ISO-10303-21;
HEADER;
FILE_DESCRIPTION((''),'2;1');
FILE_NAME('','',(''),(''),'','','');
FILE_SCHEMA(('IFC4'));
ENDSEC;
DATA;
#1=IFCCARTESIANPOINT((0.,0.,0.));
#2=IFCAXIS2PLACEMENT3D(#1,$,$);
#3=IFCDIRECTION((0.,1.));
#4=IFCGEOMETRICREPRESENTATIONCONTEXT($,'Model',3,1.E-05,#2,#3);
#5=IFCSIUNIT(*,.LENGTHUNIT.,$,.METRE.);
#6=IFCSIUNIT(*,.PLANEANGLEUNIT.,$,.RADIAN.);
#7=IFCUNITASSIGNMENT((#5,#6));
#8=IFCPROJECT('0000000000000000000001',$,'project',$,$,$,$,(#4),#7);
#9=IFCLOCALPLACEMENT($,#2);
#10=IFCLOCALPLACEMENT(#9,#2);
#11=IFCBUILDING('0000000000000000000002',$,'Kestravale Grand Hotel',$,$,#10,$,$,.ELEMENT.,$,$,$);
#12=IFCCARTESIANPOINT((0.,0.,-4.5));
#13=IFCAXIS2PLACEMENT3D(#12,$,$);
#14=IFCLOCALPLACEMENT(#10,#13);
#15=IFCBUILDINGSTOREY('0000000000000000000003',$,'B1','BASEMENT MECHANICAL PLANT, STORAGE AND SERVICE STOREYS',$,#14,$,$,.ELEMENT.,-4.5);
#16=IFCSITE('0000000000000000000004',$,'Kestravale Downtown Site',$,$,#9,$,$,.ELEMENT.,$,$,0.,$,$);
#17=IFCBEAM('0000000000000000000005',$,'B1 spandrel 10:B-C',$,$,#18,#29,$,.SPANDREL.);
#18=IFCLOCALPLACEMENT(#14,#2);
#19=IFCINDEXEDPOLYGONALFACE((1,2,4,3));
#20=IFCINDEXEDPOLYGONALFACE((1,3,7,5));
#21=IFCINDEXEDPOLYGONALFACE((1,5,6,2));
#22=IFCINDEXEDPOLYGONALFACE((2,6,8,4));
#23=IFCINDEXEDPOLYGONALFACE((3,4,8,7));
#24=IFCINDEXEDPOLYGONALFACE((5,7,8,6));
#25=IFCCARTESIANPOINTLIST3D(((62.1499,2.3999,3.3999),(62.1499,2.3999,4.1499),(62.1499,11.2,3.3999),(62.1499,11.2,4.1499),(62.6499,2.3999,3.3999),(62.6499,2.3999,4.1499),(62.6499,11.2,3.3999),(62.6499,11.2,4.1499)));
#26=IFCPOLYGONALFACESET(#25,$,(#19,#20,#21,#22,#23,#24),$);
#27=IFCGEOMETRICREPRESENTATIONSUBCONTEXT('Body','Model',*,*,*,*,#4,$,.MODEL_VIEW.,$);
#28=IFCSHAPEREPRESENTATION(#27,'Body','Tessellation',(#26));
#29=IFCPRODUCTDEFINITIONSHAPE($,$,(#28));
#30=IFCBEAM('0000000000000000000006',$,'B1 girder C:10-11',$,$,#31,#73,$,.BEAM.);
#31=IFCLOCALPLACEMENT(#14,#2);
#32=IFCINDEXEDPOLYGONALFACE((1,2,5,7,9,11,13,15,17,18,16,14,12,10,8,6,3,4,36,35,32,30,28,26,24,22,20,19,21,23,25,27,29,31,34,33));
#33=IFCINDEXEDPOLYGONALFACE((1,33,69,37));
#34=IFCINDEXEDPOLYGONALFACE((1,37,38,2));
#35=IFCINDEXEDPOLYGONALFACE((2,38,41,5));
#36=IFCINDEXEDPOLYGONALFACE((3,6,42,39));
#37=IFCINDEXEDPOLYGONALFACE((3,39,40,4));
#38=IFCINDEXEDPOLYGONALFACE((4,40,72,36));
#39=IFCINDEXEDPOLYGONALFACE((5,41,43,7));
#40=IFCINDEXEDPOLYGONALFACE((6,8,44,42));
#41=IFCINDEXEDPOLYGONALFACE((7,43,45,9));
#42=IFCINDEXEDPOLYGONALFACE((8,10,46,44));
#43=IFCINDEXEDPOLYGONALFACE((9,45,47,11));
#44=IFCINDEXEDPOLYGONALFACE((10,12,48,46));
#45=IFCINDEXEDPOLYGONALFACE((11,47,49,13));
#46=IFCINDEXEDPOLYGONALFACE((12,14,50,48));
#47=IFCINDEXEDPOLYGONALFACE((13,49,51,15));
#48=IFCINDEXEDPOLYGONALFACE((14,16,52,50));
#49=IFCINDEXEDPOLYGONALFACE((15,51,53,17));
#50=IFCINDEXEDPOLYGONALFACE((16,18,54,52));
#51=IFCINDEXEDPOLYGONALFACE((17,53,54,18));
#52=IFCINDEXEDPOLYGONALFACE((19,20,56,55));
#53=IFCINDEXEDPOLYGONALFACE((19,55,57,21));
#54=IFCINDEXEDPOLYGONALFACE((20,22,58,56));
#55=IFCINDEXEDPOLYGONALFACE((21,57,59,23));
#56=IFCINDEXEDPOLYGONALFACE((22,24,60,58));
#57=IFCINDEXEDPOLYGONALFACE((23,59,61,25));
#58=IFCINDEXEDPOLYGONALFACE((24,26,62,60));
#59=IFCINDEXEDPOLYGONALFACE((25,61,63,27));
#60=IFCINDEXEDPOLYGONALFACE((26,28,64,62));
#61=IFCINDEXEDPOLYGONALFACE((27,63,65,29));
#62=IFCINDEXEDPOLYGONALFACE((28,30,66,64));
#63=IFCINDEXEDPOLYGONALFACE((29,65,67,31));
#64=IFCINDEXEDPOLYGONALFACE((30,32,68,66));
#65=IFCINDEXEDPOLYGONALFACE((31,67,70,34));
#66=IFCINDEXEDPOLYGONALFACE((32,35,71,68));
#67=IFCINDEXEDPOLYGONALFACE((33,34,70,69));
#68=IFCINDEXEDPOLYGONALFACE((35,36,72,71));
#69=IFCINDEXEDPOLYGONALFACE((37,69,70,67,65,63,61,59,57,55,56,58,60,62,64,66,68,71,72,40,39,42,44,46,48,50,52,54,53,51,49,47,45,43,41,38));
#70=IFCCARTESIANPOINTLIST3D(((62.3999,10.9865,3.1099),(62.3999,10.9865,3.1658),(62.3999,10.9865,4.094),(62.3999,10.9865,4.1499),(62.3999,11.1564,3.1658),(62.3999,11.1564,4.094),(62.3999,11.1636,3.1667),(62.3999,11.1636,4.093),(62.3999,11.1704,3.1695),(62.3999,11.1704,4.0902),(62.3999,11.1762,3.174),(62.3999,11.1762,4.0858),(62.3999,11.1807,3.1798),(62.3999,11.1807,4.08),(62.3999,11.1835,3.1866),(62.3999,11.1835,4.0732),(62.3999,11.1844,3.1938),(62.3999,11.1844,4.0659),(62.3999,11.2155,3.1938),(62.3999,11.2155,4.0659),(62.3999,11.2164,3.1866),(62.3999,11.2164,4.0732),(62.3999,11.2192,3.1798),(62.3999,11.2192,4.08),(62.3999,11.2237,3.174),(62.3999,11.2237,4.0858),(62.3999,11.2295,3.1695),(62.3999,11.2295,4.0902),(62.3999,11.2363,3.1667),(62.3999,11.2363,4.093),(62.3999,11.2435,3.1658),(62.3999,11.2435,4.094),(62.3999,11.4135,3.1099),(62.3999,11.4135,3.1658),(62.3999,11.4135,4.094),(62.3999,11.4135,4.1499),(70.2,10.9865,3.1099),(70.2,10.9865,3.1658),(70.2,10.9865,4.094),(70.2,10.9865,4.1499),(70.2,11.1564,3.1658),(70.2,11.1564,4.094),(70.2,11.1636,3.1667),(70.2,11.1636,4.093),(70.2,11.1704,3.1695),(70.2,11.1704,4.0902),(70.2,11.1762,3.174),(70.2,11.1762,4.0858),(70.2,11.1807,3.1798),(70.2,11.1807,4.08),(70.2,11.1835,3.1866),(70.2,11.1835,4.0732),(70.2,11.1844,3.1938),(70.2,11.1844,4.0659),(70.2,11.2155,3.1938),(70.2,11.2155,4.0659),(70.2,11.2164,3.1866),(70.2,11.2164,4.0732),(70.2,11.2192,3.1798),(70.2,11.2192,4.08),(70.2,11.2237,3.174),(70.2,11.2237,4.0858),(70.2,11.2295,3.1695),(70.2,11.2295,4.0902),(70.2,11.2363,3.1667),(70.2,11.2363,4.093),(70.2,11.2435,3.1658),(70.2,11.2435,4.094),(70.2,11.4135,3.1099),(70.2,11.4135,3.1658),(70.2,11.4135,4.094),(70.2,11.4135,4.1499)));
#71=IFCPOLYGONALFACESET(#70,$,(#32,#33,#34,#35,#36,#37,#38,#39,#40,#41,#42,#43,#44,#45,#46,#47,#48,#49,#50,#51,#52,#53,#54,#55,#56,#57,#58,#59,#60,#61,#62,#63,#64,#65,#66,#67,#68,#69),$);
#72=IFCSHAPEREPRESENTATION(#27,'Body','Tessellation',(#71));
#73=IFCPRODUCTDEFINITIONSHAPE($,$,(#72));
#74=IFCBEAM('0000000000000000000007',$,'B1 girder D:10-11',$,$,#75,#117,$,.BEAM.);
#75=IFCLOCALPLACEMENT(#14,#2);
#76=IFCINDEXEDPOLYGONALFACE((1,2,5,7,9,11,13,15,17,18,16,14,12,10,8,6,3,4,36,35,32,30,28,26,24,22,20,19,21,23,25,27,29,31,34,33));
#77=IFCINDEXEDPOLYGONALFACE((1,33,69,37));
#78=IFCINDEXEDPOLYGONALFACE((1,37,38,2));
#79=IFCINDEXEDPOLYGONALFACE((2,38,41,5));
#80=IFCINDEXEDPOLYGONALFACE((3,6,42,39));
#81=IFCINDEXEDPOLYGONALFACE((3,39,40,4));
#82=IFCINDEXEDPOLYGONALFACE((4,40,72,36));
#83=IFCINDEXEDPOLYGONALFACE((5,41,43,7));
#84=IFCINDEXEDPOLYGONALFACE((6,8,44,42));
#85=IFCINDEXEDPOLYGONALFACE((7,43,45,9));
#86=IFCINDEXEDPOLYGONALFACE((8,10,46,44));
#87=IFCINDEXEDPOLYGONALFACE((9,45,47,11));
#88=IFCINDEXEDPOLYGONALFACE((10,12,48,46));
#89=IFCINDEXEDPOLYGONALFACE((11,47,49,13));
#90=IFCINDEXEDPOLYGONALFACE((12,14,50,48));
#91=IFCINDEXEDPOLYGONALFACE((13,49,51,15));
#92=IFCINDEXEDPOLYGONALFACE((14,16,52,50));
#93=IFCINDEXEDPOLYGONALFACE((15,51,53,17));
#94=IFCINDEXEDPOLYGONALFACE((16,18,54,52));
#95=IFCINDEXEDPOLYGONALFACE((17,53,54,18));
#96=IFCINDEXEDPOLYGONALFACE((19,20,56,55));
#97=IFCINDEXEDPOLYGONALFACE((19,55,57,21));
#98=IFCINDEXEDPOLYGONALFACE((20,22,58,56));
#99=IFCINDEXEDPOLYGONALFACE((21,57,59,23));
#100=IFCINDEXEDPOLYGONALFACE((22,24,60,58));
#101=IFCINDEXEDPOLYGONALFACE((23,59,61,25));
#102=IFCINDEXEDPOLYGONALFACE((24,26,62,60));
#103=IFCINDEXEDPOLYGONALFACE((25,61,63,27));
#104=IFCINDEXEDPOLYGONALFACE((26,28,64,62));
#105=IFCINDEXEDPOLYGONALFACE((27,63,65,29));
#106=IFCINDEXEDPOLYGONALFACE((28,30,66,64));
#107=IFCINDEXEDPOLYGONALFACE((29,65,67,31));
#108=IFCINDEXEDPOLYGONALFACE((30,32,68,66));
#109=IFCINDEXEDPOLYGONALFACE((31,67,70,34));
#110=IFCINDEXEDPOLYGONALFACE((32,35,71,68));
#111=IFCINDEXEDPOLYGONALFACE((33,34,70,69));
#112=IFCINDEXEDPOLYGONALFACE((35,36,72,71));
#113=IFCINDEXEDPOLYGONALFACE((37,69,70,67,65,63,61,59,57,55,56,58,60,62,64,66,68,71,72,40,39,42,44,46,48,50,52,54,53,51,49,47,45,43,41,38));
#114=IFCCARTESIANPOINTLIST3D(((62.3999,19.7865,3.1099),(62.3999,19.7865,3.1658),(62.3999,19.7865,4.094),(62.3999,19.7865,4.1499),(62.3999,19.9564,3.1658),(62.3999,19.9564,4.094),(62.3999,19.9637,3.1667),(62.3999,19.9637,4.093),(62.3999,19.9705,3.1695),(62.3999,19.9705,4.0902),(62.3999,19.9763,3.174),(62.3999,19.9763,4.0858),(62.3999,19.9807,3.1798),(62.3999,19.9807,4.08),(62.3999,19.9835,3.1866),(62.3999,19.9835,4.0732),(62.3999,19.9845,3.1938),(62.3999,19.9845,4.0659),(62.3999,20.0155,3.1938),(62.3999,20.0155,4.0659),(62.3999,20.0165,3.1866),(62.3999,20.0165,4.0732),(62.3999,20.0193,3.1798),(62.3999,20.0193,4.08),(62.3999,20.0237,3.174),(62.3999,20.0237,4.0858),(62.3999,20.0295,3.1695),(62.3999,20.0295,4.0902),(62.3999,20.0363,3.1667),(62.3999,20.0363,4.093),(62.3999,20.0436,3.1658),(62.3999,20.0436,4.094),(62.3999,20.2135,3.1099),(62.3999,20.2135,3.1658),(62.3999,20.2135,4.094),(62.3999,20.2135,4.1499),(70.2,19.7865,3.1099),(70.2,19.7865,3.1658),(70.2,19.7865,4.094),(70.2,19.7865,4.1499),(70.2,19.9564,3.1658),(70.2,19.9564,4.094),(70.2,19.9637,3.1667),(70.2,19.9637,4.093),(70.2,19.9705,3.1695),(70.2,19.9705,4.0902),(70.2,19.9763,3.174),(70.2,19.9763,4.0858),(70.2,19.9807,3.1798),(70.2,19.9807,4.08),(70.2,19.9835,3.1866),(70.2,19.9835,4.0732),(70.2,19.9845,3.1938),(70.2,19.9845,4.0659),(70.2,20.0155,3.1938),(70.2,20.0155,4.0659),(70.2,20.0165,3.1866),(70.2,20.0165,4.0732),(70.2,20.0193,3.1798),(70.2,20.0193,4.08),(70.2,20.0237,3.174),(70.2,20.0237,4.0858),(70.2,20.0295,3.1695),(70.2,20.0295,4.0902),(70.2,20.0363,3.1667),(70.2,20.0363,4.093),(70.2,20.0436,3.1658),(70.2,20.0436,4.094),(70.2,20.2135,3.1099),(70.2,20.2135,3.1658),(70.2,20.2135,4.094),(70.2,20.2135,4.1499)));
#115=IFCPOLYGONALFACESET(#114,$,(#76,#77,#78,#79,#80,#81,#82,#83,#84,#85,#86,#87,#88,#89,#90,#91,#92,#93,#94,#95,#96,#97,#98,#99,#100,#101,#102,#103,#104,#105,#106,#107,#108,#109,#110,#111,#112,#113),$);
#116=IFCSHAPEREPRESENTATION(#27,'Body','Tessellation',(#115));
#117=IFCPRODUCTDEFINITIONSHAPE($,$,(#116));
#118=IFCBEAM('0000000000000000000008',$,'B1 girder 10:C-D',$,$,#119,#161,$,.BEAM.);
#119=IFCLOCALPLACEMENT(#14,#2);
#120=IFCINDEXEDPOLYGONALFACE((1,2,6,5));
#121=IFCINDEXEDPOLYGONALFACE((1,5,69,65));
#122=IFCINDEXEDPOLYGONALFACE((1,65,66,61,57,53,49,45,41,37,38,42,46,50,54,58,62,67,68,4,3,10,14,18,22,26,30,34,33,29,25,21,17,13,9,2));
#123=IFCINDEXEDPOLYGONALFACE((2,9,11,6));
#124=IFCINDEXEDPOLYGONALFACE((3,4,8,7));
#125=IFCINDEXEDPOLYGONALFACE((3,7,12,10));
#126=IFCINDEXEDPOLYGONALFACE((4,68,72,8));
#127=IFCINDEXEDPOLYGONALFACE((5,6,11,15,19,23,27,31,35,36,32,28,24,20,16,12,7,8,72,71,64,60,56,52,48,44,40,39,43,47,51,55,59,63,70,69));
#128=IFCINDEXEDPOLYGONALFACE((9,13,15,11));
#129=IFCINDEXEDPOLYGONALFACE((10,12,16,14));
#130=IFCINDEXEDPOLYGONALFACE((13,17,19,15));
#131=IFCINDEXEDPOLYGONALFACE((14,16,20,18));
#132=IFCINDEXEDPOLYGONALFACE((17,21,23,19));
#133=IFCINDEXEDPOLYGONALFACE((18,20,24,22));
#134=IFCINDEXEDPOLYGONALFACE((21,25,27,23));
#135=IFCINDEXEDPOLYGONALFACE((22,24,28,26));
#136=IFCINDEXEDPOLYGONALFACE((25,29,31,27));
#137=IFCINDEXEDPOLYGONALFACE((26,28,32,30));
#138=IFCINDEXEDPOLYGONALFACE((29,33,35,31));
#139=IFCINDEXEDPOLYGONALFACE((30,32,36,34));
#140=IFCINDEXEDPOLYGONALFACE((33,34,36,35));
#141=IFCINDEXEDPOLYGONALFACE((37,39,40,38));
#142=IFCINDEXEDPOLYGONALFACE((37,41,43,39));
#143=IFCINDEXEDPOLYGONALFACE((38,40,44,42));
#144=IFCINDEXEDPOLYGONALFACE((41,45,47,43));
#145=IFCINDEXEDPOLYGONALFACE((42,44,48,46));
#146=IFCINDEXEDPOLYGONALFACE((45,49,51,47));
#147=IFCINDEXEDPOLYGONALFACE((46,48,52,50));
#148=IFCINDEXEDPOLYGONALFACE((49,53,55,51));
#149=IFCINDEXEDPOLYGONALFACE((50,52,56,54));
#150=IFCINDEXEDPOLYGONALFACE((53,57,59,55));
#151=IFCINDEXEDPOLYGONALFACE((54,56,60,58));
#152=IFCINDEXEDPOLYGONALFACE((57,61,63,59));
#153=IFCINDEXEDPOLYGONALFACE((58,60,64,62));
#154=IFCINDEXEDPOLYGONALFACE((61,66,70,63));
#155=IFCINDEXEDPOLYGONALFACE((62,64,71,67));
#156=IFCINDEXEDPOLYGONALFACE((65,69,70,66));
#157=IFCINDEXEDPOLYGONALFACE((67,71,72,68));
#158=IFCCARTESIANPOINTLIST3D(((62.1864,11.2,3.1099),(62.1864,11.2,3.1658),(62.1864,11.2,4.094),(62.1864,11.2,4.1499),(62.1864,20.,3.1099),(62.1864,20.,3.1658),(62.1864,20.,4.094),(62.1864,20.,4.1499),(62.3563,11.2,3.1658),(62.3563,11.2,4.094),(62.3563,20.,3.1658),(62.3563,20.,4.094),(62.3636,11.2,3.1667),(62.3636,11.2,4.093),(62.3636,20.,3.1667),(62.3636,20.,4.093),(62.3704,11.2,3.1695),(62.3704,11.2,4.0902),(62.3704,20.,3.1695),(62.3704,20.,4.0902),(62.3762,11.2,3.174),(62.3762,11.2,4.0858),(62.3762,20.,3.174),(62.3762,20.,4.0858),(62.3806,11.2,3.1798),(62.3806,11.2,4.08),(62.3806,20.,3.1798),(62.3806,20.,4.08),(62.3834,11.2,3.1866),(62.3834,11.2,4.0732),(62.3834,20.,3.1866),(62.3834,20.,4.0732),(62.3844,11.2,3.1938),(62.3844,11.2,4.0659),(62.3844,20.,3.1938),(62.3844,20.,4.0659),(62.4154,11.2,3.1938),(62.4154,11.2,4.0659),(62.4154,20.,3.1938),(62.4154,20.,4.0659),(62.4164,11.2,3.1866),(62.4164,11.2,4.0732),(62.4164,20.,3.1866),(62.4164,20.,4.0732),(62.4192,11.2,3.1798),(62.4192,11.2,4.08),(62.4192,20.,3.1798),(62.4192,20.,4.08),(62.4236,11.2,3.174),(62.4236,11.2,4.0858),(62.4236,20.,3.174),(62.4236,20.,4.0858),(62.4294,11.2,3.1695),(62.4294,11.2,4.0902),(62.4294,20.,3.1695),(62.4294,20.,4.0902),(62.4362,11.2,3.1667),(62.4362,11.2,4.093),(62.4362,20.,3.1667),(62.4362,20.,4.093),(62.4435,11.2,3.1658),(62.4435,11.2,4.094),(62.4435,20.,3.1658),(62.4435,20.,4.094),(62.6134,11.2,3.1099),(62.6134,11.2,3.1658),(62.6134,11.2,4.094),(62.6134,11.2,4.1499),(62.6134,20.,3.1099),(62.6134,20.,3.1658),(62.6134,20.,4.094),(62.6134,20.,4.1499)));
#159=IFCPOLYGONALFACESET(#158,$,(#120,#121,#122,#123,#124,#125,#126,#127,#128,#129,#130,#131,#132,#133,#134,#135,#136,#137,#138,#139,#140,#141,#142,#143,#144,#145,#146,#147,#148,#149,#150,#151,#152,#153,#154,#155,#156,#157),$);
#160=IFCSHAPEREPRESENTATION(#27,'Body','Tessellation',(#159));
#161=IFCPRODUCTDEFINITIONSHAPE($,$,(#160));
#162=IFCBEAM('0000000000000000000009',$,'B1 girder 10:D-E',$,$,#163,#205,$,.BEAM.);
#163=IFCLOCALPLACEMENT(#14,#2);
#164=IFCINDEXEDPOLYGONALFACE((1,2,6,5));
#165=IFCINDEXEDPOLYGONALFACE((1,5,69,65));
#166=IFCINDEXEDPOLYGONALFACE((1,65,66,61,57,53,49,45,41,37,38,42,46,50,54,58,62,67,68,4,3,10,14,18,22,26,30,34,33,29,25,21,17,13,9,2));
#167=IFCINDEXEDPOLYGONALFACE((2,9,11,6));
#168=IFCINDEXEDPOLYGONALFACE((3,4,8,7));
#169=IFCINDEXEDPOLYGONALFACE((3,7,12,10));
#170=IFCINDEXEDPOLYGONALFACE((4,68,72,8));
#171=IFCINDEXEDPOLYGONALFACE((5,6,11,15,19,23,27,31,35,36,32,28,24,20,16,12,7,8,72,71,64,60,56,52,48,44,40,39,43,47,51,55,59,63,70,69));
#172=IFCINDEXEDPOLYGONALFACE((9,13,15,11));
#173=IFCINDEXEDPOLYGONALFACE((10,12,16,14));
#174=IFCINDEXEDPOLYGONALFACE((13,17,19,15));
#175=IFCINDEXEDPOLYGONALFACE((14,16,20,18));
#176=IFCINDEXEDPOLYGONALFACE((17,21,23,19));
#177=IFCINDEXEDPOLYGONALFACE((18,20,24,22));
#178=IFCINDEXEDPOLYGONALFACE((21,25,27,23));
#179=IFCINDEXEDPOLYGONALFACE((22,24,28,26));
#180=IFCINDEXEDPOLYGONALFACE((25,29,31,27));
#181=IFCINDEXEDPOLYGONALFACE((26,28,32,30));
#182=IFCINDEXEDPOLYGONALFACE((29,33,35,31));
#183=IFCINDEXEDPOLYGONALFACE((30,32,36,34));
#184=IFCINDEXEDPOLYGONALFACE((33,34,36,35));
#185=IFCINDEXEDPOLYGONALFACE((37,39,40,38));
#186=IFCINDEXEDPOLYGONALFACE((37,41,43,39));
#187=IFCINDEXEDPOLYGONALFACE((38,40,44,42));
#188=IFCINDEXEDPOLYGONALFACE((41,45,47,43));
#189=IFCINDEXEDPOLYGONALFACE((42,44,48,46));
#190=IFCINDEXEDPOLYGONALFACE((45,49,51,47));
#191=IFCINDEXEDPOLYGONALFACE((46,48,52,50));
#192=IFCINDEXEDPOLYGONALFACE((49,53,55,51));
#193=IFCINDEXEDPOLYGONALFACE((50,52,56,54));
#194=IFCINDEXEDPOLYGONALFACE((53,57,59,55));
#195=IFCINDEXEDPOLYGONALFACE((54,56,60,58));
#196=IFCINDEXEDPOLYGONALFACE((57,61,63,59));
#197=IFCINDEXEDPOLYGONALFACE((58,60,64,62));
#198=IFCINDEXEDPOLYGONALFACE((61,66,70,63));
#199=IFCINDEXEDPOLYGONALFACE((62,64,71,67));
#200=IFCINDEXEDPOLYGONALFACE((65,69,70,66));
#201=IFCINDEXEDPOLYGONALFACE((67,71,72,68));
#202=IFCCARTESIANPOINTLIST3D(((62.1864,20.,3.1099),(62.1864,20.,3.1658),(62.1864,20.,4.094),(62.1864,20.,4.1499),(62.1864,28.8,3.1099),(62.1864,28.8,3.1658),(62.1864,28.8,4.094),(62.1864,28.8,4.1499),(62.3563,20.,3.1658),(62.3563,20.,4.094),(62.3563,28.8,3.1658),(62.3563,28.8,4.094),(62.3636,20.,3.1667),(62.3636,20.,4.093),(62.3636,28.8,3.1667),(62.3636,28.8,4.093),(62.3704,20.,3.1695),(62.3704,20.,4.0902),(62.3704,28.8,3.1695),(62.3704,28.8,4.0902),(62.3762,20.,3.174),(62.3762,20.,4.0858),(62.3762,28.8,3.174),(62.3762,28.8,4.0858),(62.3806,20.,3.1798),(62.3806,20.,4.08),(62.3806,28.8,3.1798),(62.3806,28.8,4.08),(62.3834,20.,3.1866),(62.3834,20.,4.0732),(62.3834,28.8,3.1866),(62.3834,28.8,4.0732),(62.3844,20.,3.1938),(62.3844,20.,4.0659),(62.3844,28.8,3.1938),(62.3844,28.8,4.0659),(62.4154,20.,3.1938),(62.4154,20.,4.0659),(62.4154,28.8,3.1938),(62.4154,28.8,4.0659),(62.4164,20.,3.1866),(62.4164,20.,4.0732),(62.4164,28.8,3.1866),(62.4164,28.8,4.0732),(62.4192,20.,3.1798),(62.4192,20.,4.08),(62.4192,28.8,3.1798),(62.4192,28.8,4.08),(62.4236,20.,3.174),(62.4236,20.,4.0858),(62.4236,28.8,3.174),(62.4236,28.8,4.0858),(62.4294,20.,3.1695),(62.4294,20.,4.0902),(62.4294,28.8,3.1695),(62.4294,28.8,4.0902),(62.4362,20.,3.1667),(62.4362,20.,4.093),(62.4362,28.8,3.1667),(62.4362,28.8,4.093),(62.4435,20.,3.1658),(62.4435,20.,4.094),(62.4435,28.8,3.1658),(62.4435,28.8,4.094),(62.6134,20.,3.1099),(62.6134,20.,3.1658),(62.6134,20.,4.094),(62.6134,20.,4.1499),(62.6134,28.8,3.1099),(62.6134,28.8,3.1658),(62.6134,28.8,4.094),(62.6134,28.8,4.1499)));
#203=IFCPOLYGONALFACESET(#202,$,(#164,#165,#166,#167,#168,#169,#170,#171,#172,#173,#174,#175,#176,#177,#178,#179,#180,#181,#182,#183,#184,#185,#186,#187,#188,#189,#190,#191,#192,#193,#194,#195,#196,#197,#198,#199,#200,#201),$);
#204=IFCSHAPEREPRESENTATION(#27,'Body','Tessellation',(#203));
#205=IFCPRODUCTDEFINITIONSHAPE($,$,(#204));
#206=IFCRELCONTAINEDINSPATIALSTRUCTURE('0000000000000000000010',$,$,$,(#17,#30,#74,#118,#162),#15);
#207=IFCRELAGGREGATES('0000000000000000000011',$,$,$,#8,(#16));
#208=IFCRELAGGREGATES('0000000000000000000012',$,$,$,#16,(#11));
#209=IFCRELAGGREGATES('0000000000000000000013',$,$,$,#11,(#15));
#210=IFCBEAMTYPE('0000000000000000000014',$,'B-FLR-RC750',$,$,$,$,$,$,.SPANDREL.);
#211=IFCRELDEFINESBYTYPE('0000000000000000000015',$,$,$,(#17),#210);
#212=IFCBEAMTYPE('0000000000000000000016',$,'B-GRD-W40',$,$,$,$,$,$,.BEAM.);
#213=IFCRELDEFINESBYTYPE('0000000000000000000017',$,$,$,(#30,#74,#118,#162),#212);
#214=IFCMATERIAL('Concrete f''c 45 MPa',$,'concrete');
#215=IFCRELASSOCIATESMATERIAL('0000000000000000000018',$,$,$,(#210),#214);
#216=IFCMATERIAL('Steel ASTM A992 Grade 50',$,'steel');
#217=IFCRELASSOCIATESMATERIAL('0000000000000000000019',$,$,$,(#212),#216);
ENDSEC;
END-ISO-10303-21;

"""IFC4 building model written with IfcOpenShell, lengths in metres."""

from ifc_helpers import new_model, si_unit, direction, frame, origin, origin_2d, place, context, subcontext, project, spatial, rectangle, i_section, extrude, material, material_profile, profile_set, type_object, element, save


model = new_model("IFC4")

# Units and contexts
model_context = context("Model", 3, precision=1e-05, world=origin(), true_north=direction((0.0, 1.0)))
body_context = subcontext(model_context, "Body", "Model", "MODEL_VIEW")
ifc_project = project(units=[si_unit("LENGTHUNIT", "METRE"), si_unit("PLANEANGLEUNIT", "RADIAN")], contexts=[model_context])

# Site, building, storey
site_placement = place(None, origin())
site = spatial("IfcSite", under=ifc_project, at=site_placement, Name="Kestravale Downtown Site", CompositionType="ELEMENT", RefElevation=0.0)
building_placement = place(site_placement, origin())
building = spatial("IfcBuilding", under=site, at=building_placement, Name="Kestravale Grand Hotel", CompositionType="ELEMENT")
storey_placement = place(building_placement, frame((0.0, 0.0, -4.5)))
storey = spatial("IfcBuildingStorey", under=building, at=storey_placement, Name="B1", Description="BASEMENT MECHANICAL PLANT, STORAGE AND SERVICE STOREYS", CompositionType="ELEMENT", Elevation=-4.5)

# Beams
ifc_material_1 = material(Name="Concrete f'c 45 MPa", Category="concrete")
ifc_material_profile_1 = material_profile(ifc_material_1, rectangle(XDim=0.5, YDim=0.75, at=origin_2d()))
ifc_profile_set_1 = profile_set([ifc_material_profile_1], Name="Concrete f'c 45 MPa")
beam_type_1 = type_object("IfcBeamType", Name="B-FLR-RC750", PredefinedType="SPANDREL", material=ifc_profile_set_1)
beam_1_placement = place(storey_placement, frame((62.3999, 2.3999, 3.7749), z_axis=(0.0, 1.0, 0.0), x_axis=(-1.0, 0.0, 0.0)))
element("IfcBeam", 1, at=beam_1_placement, inside=storey, type_object=beam_type_1, Name="B1 spandrel 10:B-C", PredefinedType="SPANDREL", context=body_context, shape_type="SweptSolid", body=[
    extrude(rectangle(XDim=0.5, YDim=0.75, at=origin_2d()), origin(), (0.0, 0.0, 1.0), 8.8),
])
ifc_material_2 = material(Name="Steel ASTM A992 Grade 50", Category="steel")
ifc_material_profile_2 = material_profile(ifc_material_2, i_section(OverallWidth=0.427, OverallDepth=1.04, WebThickness=0.031, FlangeThickness=0.0559, FilletRadius=0.0281, at=origin_2d()))
ifc_profile_set_2 = profile_set([ifc_material_profile_2], Name="Steel ASTM A992 Grade 50")
beam_type_2 = type_object("IfcBeamType", Name="B-GRD-W40", PredefinedType="BEAM", material=ifc_profile_set_2)
for number, where, z_axis, x_axis, name in (
    (2, (62.3999, 11.2, 3.6299), (1.0, 0.0, 0.0), (0.0, 1.0, 0.0), "B1 girder C:10-11"),
    (3, (62.3999, 20.0, 3.6299), (1.0, 0.0, 0.0), (0.0, 1.0, 0.0), "B1 girder D:10-11"),
):
    element("IfcBeam", number, at=place(storey_placement, frame(where, z_axis=z_axis, x_axis=x_axis)), inside=storey, type_object=beam_type_2, Name=name, PredefinedType="BEAM", context=body_context, shape_type="SweptSolid", body=[
        extrude(i_section(OverallWidth=0.427, OverallDepth=1.04, WebThickness=0.031, FlangeThickness=0.0559, FilletRadius=0.0281, at=origin_2d()), origin(), (0.0, 0.0, 1.0), 7.8),
    ])
for number, where, z_axis, x_axis, name in (
    (4, (62.3999, 11.2, 3.6299), (0.0, 1.0, 0.0), (-1.0, 0.0, 0.0), "B1 girder 10:C-D"),
    (5, (62.3999, 20.0, 3.6299), (0.0, 1.0, 0.0), (-1.0, 0.0, 0.0), "B1 girder 10:D-E"),
):
    element("IfcBeam", number, at=place(storey_placement, frame(where, z_axis=z_axis, x_axis=x_axis)), inside=storey, type_object=beam_type_2, Name=name, PredefinedType="BEAM", context=body_context, shape_type="SweptSolid", body=[
        extrude(i_section(OverallWidth=0.427, OverallDepth=1.04, WebThickness=0.031, FlangeThickness=0.0559, FilletRadius=0.0281, at=origin_2d()), origin(), (0.0, 0.0, 1.0), 8.8),
    ])

save(model, "model.ifc")
